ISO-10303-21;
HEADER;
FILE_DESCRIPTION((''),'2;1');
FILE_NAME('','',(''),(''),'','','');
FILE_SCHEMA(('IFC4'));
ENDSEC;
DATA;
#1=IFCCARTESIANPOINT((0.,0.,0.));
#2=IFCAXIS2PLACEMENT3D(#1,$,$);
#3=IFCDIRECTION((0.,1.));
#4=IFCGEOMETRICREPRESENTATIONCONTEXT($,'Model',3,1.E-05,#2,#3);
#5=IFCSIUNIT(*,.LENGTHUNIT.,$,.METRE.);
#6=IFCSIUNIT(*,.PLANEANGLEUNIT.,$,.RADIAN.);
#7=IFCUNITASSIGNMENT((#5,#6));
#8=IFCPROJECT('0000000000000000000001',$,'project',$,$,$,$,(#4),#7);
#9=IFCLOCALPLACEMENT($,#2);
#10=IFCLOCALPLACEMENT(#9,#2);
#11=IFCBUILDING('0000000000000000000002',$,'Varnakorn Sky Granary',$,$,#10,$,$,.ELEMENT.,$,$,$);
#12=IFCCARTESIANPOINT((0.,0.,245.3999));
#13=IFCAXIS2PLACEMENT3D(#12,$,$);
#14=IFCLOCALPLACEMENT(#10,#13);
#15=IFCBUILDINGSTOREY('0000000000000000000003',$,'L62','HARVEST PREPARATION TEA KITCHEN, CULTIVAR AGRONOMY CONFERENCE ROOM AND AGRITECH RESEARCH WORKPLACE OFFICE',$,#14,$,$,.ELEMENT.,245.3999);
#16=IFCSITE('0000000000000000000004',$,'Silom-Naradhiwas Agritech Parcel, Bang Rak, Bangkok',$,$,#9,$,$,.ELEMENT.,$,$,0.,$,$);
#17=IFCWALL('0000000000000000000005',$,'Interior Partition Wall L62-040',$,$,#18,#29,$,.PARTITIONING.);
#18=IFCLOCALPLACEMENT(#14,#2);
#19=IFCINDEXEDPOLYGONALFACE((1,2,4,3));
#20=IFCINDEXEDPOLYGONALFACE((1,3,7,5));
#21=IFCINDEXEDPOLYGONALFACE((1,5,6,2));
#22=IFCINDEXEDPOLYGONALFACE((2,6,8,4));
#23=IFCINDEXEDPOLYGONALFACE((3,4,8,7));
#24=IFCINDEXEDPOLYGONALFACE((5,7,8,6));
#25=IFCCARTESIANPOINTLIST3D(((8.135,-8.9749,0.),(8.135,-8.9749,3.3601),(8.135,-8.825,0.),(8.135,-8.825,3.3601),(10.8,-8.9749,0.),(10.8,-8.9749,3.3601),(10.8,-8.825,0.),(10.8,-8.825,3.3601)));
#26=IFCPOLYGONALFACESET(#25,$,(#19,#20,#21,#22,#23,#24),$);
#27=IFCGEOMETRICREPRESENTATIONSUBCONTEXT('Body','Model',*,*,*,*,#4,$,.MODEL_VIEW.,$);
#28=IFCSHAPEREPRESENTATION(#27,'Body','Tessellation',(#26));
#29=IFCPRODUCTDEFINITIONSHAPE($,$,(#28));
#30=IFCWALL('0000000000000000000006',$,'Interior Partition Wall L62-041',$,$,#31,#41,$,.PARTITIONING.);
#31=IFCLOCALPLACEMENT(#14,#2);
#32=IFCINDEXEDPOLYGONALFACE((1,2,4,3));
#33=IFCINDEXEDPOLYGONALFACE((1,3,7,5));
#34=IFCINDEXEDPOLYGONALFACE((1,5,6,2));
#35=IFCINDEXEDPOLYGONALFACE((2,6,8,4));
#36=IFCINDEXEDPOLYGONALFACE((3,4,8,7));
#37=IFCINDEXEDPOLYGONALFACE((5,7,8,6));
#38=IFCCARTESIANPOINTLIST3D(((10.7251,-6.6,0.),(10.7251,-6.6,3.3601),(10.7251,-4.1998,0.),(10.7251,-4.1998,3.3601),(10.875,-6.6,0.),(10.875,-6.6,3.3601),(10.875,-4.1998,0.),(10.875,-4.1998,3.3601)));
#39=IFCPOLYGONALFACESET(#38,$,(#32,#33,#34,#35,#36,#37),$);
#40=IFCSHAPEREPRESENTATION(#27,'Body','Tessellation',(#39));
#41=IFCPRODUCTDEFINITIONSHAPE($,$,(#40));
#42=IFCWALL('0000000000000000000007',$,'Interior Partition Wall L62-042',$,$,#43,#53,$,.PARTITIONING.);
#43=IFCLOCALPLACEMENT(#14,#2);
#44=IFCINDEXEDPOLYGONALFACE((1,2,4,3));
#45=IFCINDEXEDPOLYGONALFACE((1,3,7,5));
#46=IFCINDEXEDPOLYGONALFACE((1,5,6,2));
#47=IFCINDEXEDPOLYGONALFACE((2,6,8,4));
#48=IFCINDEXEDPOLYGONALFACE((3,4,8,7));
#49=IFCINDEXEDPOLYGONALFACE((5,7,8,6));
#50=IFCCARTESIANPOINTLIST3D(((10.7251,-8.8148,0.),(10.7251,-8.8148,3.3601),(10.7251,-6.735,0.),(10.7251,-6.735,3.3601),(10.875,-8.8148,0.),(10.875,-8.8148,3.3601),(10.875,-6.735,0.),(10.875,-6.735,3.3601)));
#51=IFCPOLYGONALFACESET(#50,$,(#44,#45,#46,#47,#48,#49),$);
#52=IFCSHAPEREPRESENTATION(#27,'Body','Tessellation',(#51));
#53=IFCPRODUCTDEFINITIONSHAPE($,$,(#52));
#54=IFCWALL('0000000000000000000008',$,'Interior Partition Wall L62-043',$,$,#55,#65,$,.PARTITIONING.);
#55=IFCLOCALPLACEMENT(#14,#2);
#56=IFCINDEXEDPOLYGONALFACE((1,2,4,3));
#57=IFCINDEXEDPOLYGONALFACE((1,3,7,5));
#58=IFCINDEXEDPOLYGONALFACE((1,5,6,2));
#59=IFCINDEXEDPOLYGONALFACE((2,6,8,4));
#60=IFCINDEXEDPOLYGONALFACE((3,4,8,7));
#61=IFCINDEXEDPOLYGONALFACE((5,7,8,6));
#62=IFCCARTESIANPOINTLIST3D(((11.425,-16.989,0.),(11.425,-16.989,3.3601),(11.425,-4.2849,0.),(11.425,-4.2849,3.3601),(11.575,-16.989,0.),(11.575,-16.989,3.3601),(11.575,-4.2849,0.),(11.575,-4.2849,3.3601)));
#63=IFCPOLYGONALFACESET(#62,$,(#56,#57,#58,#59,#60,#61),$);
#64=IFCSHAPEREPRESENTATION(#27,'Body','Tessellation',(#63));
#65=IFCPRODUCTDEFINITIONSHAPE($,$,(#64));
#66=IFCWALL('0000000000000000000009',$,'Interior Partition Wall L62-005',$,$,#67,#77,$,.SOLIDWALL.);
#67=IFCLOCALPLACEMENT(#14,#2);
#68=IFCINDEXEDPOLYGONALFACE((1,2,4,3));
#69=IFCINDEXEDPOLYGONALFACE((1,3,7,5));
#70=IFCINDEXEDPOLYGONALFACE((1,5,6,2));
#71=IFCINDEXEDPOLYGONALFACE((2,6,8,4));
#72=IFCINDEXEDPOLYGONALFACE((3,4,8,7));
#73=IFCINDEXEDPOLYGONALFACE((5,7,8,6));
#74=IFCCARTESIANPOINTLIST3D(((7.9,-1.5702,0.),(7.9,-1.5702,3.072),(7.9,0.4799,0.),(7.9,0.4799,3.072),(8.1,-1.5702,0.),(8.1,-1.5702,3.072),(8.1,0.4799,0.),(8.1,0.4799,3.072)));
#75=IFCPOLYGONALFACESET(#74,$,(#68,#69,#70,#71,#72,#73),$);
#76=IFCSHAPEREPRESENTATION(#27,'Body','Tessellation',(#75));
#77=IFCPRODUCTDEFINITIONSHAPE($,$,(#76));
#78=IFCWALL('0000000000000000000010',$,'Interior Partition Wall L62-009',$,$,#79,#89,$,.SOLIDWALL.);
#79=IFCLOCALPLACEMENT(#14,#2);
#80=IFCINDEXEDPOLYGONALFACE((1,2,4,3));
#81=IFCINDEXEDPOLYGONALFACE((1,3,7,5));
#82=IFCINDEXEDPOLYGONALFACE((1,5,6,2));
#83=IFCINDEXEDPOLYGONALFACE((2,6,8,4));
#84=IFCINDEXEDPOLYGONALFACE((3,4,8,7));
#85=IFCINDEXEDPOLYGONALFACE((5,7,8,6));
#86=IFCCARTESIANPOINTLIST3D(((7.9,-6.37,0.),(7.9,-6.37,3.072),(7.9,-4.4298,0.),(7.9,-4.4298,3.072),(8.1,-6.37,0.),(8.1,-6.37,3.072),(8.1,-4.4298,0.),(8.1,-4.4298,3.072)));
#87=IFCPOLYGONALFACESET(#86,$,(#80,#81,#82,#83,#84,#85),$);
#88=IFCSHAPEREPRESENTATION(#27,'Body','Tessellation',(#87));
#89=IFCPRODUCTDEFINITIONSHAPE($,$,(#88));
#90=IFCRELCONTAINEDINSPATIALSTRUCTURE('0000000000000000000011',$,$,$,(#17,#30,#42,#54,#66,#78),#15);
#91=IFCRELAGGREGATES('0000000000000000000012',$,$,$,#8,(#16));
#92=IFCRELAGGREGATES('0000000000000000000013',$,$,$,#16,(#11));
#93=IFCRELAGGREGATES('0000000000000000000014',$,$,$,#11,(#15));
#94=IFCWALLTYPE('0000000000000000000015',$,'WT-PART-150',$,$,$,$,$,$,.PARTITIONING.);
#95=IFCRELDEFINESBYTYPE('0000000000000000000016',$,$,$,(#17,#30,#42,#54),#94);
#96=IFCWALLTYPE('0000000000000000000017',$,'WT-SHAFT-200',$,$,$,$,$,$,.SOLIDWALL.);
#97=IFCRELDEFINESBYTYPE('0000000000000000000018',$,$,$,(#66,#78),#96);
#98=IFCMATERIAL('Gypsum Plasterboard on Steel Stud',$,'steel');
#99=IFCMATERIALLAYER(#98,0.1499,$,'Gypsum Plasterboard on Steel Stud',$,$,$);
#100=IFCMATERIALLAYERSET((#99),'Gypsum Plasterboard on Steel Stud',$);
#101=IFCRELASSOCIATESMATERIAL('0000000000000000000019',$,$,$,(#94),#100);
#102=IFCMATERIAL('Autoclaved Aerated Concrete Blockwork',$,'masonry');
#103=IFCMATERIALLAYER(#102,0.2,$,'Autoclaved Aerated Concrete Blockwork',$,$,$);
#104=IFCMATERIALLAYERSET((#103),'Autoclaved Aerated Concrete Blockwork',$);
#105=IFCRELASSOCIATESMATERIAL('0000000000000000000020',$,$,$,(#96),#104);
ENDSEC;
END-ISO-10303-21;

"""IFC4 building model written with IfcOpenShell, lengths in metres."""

from ifc_helpers import new_model, si_unit, direction, frame, frame_2d, origin, place, context, subcontext, project, spatial, rectangle, extrude, material, layer, layer_set, type_object, element, save


model = new_model("IFC4")

# Units and contexts
model_context = context("Model", 3, precision=1e-05, world=origin(), true_north=direction((0.0, 1.0)))
body_context = subcontext(model_context, "Body", "Model", "MODEL_VIEW")
ifc_project = project(units=[si_unit("LENGTHUNIT", "METRE"), si_unit("PLANEANGLEUNIT", "RADIAN")], contexts=[model_context])

# Site, building, storey
site_placement = place(None, origin())
site = spatial("IfcSite", under=ifc_project, at=site_placement, Name="Silom-Naradhiwas Agritech Parcel, Bang Rak, Bangkok", CompositionType="ELEMENT", RefElevation=0.0)
building_placement = place(site_placement, origin())
building = spatial("IfcBuilding", under=site, at=building_placement, Name="Varnakorn Sky Granary", CompositionType="ELEMENT")
storey_placement = place(building_placement, frame((0.0, 0.0, 245.3999)))
storey = spatial("IfcBuildingStorey", under=building, at=storey_placement, Name="L62", Description="HARVEST PREPARATION TEA KITCHEN, CULTIVAR AGRONOMY CONFERENCE ROOM AND AGRITECH RESEARCH WORKPLACE OFFICE", CompositionType="ELEMENT", Elevation=245.3999)

# Shared definitions
ifc_material_1 = material(Name="Autoclaved Aerated Concrete Blockwork", Category="masonry")
ifc_material_2 = material(Name="Gypsum Plasterboard on Steel Stud", Category="steel")
ifc_layer_1 = layer(ifc_material_2, 0.1499, Name="Gypsum Plasterboard on Steel Stud")
ifc_layer_set_1 = layer_set([ifc_layer_1], Name="Gypsum Plasterboard on Steel Stud")
wall_type_1 = type_object("IfcWallType", Name="WT-PART-150", PredefinedType="PARTITIONING", material=ifc_layer_set_1)

# Walls
wall_1_placement = place(storey_placement, frame((8.135, -8.8999, 0.0), z_axis=(0.0, 0.0, 1.0), x_axis=(1.0, 0.0, 0.0)))
element("IfcWall", 1, at=wall_1_placement, inside=storey, type_object=wall_type_1, Name="Interior Partition Wall L62-040", PredefinedType="PARTITIONING", context=body_context, shape_type="SweptSolid", body=[
    extrude(rectangle(XDim=2.665, YDim=0.1499, at=frame_2d((1.3325, 0.0))), origin(), (0.0, 0.0, 1.0), 3.3601),
])
wall_2_placement = place(storey_placement, frame((10.8, -6.6001, 0.0), z_axis=(0.0, 0.0, 1.0), x_axis=(0.0, 1.0, 0.0)))
element("IfcWall", 2, at=wall_2_placement, inside=storey, type_object=wall_type_1, Name="Interior Partition Wall L62-041", PredefinedType="PARTITIONING", context=body_context, shape_type="SweptSolid", body=[
    extrude(rectangle(XDim=2.4001, YDim=0.1499, at=frame_2d((1.2002, 0.0))), origin(), (0.0, 0.0, 1.0), 3.3601),
])
wall_3_placement = place(storey_placement, frame((10.8, -8.8149, 0.0), z_axis=(0.0, 0.0, 1.0), x_axis=(0.0, 1.0, 0.0)))
element("IfcWall", 3, at=wall_3_placement, inside=storey, type_object=wall_type_1, Name="Interior Partition Wall L62-042", PredefinedType="PARTITIONING", context=body_context, shape_type="SweptSolid", body=[
    extrude(rectangle(XDim=2.0798, YDim=0.1499, at=frame_2d((1.04, 0.0))), origin(), (0.0, 0.0, 1.0), 3.3601),
])
wall_4_placement = place(storey_placement, frame((11.5, -4.2849, 0.0), z_axis=(0.0, 0.0, 1.0), x_axis=(0.0, -1.0, 0.0)))
element("IfcWall", 4, at=wall_4_placement, inside=storey, type_object=wall_type_1, Name="Interior Partition Wall L62-043", PredefinedType="PARTITIONING", context=body_context, shape_type="SweptSolid", body=[
    extrude(rectangle(XDim=12.7041, YDim=0.1499, at=frame_2d((6.3521, 0.0))), origin(), (0.0, 0.0, 1.0), 3.3601),
])
ifc_layer_2 = layer(ifc_material_1, 0.2, Name="Autoclaved Aerated Concrete Blockwork")
ifc_layer_set_2 = layer_set([ifc_layer_2], Name="Autoclaved Aerated Concrete Blockwork")
wall_type_2 = type_object("IfcWallType", Name="WT-SHAFT-200", PredefinedType="SOLIDWALL", material=ifc_layer_set_2)
wall_5_placement = place(storey_placement, frame((8.0, -1.5701, 0.0), z_axis=(0.0, 0.0, 1.0), x_axis=(0.0, 1.0, 0.0)))
element("IfcWall", 5, at=wall_5_placement, inside=storey, type_object=wall_type_2, Name="Interior Partition Wall L62-005", PredefinedType="SOLIDWALL", context=body_context, shape_type="SweptSolid", body=[
    extrude(rectangle(XDim=2.05, YDim=0.2, at=frame_2d((1.0249, 0.0))), origin(), (0.0, 0.0, 1.0), 3.072),
])
wall_6_placement = place(storey_placement, frame((8.0, -6.3701, 0.0), z_axis=(0.0, 0.0, 1.0), x_axis=(0.0, 1.0, 0.0)))
element("IfcWall", 6, at=wall_6_placement, inside=storey, type_object=wall_type_2, Name="Interior Partition Wall L62-009", PredefinedType="SOLIDWALL", context=body_context, shape_type="SweptSolid", body=[
    extrude(rectangle(XDim=1.9402, YDim=0.2, at=frame_2d((0.9702, 0.0))), origin(), (0.0, 0.0, 1.0), 3.072),
])

save(model, "model.ifc")
